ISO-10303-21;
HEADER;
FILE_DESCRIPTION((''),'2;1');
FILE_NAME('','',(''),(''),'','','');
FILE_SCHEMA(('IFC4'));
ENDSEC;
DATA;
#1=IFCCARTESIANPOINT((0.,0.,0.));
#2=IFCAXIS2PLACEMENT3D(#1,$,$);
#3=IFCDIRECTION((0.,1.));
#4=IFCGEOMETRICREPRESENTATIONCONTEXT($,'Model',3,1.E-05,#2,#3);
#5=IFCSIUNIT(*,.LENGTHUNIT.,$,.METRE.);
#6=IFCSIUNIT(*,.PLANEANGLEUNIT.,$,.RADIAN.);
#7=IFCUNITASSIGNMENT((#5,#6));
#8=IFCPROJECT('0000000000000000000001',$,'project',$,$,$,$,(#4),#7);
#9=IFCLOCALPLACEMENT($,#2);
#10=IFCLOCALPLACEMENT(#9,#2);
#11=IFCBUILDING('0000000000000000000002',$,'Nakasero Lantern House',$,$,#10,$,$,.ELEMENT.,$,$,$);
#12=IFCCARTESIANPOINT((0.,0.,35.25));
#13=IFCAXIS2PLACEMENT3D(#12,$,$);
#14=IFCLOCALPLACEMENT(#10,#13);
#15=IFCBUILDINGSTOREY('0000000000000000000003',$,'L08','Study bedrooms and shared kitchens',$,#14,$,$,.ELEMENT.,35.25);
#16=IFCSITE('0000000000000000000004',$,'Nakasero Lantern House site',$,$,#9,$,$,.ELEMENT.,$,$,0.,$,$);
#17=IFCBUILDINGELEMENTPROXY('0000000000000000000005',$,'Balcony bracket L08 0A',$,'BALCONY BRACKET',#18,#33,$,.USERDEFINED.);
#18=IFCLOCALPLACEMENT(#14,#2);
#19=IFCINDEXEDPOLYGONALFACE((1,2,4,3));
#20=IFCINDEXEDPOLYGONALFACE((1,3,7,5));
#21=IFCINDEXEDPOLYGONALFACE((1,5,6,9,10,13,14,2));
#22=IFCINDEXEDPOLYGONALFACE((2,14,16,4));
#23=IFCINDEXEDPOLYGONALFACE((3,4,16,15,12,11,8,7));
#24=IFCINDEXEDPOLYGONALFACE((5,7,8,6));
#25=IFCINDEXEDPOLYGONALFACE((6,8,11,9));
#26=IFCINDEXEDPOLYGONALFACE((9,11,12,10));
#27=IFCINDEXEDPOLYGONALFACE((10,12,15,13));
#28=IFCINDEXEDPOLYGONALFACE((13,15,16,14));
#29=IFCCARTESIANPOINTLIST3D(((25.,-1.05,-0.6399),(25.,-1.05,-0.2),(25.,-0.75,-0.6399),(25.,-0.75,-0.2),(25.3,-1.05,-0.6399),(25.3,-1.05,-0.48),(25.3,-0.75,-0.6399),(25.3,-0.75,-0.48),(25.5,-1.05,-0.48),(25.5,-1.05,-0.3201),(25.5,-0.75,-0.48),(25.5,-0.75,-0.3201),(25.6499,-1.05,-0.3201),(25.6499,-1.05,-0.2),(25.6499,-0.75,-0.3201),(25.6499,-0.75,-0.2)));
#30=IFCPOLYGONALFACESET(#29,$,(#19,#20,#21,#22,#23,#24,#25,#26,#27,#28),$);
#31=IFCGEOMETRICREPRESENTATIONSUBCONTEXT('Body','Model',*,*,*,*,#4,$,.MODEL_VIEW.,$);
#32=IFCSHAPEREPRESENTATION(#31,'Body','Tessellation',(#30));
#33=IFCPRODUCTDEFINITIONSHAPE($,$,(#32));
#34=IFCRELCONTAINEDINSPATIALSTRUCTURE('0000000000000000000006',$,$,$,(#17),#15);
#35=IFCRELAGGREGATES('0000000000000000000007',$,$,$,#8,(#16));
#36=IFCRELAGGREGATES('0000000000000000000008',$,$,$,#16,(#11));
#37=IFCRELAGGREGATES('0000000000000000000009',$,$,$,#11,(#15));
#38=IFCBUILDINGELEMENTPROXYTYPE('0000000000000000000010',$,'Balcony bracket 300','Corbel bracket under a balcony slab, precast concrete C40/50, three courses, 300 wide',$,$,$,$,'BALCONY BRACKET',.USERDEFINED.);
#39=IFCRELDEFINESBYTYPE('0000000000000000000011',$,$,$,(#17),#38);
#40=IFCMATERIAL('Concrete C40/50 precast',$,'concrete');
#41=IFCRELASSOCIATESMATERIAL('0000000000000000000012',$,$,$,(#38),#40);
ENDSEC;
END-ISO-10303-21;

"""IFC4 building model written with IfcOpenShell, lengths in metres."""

from ifc_helpers import new_model, si_unit, direction, frame, origin, place, context, subcontext, project, spatial, polyline, outline, extrude, material, type_object, element, save


model = new_model("IFC4")

# Units and contexts
model_context = context("Model", 3, precision=1e-05, world=origin(), true_north=direction((0.0, 1.0)))
body_context = subcontext(model_context, "Body", "Model", "MODEL_VIEW")
ifc_project = project(units=[si_unit("LENGTHUNIT", "METRE"), si_unit("PLANEANGLEUNIT", "RADIAN")], contexts=[model_context])

# Site, building, storey
site_placement = place(None, origin())
site = spatial("IfcSite", under=ifc_project, at=site_placement, Name="Nakasero Lantern House site", CompositionType="ELEMENT", RefElevation=0.0)
building_placement = place(site_placement, origin())
building = spatial("IfcBuilding", under=site, at=building_placement, Name="Nakasero Lantern House", CompositionType="ELEMENT")
storey_placement = place(building_placement, frame((0.0, 0.0, 35.25)))
storey = spatial("IfcBuildingStorey", under=building, at=storey_placement, Name="L08", Description="Study bedrooms and shared kitchens", CompositionType="ELEMENT", Elevation=35.25)

# Building element proxy
ifc_material_1 = material(Name="Concrete C40/50 precast", Category="concrete")
building_element_proxy_type = type_object("IfcBuildingElementProxyType", Name="Balcony bracket 300", Description="Corbel bracket under a balcony slab, precast concrete C40/50, three courses, 300 wide", ElementType="BALCONY BRACKET", PredefinedType="USERDEFINED", material=ifc_material_1)
proxy_placement = place(storey_placement, frame((25.0, -0.8999, -0.2), z_axis=(0.0, 0.0, 1.0), x_axis=(1.0, 0.0, 0.0)))
element("IfcBuildingElementProxy", 1, at=proxy_placement, inside=storey, type_object=building_element_proxy_type, Name="Balcony bracket L08 0A", ObjectType="BALCONY BRACKET", PredefinedType="USERDEFINED", context=body_context, shape_type="SweptSolid", body=[
    extrude(outline(polyline([(0.0, 0.0), (0.6499, 0.0), (0.6499, -0.1201), (0.5, -0.1201), (0.5, -0.28), (0.3, -0.28), (0.3, -0.4399), (0.0, -0.4399), (0.0, 0.0)])), frame((0.0, 0.1499, 0.0), z_axis=(0.0, -1.0, 0.0), x_axis=(1.0, 0.0, 0.0)), (0.0, 0.0, 1.0), 0.3),
])

save(model, "model.ifc")
